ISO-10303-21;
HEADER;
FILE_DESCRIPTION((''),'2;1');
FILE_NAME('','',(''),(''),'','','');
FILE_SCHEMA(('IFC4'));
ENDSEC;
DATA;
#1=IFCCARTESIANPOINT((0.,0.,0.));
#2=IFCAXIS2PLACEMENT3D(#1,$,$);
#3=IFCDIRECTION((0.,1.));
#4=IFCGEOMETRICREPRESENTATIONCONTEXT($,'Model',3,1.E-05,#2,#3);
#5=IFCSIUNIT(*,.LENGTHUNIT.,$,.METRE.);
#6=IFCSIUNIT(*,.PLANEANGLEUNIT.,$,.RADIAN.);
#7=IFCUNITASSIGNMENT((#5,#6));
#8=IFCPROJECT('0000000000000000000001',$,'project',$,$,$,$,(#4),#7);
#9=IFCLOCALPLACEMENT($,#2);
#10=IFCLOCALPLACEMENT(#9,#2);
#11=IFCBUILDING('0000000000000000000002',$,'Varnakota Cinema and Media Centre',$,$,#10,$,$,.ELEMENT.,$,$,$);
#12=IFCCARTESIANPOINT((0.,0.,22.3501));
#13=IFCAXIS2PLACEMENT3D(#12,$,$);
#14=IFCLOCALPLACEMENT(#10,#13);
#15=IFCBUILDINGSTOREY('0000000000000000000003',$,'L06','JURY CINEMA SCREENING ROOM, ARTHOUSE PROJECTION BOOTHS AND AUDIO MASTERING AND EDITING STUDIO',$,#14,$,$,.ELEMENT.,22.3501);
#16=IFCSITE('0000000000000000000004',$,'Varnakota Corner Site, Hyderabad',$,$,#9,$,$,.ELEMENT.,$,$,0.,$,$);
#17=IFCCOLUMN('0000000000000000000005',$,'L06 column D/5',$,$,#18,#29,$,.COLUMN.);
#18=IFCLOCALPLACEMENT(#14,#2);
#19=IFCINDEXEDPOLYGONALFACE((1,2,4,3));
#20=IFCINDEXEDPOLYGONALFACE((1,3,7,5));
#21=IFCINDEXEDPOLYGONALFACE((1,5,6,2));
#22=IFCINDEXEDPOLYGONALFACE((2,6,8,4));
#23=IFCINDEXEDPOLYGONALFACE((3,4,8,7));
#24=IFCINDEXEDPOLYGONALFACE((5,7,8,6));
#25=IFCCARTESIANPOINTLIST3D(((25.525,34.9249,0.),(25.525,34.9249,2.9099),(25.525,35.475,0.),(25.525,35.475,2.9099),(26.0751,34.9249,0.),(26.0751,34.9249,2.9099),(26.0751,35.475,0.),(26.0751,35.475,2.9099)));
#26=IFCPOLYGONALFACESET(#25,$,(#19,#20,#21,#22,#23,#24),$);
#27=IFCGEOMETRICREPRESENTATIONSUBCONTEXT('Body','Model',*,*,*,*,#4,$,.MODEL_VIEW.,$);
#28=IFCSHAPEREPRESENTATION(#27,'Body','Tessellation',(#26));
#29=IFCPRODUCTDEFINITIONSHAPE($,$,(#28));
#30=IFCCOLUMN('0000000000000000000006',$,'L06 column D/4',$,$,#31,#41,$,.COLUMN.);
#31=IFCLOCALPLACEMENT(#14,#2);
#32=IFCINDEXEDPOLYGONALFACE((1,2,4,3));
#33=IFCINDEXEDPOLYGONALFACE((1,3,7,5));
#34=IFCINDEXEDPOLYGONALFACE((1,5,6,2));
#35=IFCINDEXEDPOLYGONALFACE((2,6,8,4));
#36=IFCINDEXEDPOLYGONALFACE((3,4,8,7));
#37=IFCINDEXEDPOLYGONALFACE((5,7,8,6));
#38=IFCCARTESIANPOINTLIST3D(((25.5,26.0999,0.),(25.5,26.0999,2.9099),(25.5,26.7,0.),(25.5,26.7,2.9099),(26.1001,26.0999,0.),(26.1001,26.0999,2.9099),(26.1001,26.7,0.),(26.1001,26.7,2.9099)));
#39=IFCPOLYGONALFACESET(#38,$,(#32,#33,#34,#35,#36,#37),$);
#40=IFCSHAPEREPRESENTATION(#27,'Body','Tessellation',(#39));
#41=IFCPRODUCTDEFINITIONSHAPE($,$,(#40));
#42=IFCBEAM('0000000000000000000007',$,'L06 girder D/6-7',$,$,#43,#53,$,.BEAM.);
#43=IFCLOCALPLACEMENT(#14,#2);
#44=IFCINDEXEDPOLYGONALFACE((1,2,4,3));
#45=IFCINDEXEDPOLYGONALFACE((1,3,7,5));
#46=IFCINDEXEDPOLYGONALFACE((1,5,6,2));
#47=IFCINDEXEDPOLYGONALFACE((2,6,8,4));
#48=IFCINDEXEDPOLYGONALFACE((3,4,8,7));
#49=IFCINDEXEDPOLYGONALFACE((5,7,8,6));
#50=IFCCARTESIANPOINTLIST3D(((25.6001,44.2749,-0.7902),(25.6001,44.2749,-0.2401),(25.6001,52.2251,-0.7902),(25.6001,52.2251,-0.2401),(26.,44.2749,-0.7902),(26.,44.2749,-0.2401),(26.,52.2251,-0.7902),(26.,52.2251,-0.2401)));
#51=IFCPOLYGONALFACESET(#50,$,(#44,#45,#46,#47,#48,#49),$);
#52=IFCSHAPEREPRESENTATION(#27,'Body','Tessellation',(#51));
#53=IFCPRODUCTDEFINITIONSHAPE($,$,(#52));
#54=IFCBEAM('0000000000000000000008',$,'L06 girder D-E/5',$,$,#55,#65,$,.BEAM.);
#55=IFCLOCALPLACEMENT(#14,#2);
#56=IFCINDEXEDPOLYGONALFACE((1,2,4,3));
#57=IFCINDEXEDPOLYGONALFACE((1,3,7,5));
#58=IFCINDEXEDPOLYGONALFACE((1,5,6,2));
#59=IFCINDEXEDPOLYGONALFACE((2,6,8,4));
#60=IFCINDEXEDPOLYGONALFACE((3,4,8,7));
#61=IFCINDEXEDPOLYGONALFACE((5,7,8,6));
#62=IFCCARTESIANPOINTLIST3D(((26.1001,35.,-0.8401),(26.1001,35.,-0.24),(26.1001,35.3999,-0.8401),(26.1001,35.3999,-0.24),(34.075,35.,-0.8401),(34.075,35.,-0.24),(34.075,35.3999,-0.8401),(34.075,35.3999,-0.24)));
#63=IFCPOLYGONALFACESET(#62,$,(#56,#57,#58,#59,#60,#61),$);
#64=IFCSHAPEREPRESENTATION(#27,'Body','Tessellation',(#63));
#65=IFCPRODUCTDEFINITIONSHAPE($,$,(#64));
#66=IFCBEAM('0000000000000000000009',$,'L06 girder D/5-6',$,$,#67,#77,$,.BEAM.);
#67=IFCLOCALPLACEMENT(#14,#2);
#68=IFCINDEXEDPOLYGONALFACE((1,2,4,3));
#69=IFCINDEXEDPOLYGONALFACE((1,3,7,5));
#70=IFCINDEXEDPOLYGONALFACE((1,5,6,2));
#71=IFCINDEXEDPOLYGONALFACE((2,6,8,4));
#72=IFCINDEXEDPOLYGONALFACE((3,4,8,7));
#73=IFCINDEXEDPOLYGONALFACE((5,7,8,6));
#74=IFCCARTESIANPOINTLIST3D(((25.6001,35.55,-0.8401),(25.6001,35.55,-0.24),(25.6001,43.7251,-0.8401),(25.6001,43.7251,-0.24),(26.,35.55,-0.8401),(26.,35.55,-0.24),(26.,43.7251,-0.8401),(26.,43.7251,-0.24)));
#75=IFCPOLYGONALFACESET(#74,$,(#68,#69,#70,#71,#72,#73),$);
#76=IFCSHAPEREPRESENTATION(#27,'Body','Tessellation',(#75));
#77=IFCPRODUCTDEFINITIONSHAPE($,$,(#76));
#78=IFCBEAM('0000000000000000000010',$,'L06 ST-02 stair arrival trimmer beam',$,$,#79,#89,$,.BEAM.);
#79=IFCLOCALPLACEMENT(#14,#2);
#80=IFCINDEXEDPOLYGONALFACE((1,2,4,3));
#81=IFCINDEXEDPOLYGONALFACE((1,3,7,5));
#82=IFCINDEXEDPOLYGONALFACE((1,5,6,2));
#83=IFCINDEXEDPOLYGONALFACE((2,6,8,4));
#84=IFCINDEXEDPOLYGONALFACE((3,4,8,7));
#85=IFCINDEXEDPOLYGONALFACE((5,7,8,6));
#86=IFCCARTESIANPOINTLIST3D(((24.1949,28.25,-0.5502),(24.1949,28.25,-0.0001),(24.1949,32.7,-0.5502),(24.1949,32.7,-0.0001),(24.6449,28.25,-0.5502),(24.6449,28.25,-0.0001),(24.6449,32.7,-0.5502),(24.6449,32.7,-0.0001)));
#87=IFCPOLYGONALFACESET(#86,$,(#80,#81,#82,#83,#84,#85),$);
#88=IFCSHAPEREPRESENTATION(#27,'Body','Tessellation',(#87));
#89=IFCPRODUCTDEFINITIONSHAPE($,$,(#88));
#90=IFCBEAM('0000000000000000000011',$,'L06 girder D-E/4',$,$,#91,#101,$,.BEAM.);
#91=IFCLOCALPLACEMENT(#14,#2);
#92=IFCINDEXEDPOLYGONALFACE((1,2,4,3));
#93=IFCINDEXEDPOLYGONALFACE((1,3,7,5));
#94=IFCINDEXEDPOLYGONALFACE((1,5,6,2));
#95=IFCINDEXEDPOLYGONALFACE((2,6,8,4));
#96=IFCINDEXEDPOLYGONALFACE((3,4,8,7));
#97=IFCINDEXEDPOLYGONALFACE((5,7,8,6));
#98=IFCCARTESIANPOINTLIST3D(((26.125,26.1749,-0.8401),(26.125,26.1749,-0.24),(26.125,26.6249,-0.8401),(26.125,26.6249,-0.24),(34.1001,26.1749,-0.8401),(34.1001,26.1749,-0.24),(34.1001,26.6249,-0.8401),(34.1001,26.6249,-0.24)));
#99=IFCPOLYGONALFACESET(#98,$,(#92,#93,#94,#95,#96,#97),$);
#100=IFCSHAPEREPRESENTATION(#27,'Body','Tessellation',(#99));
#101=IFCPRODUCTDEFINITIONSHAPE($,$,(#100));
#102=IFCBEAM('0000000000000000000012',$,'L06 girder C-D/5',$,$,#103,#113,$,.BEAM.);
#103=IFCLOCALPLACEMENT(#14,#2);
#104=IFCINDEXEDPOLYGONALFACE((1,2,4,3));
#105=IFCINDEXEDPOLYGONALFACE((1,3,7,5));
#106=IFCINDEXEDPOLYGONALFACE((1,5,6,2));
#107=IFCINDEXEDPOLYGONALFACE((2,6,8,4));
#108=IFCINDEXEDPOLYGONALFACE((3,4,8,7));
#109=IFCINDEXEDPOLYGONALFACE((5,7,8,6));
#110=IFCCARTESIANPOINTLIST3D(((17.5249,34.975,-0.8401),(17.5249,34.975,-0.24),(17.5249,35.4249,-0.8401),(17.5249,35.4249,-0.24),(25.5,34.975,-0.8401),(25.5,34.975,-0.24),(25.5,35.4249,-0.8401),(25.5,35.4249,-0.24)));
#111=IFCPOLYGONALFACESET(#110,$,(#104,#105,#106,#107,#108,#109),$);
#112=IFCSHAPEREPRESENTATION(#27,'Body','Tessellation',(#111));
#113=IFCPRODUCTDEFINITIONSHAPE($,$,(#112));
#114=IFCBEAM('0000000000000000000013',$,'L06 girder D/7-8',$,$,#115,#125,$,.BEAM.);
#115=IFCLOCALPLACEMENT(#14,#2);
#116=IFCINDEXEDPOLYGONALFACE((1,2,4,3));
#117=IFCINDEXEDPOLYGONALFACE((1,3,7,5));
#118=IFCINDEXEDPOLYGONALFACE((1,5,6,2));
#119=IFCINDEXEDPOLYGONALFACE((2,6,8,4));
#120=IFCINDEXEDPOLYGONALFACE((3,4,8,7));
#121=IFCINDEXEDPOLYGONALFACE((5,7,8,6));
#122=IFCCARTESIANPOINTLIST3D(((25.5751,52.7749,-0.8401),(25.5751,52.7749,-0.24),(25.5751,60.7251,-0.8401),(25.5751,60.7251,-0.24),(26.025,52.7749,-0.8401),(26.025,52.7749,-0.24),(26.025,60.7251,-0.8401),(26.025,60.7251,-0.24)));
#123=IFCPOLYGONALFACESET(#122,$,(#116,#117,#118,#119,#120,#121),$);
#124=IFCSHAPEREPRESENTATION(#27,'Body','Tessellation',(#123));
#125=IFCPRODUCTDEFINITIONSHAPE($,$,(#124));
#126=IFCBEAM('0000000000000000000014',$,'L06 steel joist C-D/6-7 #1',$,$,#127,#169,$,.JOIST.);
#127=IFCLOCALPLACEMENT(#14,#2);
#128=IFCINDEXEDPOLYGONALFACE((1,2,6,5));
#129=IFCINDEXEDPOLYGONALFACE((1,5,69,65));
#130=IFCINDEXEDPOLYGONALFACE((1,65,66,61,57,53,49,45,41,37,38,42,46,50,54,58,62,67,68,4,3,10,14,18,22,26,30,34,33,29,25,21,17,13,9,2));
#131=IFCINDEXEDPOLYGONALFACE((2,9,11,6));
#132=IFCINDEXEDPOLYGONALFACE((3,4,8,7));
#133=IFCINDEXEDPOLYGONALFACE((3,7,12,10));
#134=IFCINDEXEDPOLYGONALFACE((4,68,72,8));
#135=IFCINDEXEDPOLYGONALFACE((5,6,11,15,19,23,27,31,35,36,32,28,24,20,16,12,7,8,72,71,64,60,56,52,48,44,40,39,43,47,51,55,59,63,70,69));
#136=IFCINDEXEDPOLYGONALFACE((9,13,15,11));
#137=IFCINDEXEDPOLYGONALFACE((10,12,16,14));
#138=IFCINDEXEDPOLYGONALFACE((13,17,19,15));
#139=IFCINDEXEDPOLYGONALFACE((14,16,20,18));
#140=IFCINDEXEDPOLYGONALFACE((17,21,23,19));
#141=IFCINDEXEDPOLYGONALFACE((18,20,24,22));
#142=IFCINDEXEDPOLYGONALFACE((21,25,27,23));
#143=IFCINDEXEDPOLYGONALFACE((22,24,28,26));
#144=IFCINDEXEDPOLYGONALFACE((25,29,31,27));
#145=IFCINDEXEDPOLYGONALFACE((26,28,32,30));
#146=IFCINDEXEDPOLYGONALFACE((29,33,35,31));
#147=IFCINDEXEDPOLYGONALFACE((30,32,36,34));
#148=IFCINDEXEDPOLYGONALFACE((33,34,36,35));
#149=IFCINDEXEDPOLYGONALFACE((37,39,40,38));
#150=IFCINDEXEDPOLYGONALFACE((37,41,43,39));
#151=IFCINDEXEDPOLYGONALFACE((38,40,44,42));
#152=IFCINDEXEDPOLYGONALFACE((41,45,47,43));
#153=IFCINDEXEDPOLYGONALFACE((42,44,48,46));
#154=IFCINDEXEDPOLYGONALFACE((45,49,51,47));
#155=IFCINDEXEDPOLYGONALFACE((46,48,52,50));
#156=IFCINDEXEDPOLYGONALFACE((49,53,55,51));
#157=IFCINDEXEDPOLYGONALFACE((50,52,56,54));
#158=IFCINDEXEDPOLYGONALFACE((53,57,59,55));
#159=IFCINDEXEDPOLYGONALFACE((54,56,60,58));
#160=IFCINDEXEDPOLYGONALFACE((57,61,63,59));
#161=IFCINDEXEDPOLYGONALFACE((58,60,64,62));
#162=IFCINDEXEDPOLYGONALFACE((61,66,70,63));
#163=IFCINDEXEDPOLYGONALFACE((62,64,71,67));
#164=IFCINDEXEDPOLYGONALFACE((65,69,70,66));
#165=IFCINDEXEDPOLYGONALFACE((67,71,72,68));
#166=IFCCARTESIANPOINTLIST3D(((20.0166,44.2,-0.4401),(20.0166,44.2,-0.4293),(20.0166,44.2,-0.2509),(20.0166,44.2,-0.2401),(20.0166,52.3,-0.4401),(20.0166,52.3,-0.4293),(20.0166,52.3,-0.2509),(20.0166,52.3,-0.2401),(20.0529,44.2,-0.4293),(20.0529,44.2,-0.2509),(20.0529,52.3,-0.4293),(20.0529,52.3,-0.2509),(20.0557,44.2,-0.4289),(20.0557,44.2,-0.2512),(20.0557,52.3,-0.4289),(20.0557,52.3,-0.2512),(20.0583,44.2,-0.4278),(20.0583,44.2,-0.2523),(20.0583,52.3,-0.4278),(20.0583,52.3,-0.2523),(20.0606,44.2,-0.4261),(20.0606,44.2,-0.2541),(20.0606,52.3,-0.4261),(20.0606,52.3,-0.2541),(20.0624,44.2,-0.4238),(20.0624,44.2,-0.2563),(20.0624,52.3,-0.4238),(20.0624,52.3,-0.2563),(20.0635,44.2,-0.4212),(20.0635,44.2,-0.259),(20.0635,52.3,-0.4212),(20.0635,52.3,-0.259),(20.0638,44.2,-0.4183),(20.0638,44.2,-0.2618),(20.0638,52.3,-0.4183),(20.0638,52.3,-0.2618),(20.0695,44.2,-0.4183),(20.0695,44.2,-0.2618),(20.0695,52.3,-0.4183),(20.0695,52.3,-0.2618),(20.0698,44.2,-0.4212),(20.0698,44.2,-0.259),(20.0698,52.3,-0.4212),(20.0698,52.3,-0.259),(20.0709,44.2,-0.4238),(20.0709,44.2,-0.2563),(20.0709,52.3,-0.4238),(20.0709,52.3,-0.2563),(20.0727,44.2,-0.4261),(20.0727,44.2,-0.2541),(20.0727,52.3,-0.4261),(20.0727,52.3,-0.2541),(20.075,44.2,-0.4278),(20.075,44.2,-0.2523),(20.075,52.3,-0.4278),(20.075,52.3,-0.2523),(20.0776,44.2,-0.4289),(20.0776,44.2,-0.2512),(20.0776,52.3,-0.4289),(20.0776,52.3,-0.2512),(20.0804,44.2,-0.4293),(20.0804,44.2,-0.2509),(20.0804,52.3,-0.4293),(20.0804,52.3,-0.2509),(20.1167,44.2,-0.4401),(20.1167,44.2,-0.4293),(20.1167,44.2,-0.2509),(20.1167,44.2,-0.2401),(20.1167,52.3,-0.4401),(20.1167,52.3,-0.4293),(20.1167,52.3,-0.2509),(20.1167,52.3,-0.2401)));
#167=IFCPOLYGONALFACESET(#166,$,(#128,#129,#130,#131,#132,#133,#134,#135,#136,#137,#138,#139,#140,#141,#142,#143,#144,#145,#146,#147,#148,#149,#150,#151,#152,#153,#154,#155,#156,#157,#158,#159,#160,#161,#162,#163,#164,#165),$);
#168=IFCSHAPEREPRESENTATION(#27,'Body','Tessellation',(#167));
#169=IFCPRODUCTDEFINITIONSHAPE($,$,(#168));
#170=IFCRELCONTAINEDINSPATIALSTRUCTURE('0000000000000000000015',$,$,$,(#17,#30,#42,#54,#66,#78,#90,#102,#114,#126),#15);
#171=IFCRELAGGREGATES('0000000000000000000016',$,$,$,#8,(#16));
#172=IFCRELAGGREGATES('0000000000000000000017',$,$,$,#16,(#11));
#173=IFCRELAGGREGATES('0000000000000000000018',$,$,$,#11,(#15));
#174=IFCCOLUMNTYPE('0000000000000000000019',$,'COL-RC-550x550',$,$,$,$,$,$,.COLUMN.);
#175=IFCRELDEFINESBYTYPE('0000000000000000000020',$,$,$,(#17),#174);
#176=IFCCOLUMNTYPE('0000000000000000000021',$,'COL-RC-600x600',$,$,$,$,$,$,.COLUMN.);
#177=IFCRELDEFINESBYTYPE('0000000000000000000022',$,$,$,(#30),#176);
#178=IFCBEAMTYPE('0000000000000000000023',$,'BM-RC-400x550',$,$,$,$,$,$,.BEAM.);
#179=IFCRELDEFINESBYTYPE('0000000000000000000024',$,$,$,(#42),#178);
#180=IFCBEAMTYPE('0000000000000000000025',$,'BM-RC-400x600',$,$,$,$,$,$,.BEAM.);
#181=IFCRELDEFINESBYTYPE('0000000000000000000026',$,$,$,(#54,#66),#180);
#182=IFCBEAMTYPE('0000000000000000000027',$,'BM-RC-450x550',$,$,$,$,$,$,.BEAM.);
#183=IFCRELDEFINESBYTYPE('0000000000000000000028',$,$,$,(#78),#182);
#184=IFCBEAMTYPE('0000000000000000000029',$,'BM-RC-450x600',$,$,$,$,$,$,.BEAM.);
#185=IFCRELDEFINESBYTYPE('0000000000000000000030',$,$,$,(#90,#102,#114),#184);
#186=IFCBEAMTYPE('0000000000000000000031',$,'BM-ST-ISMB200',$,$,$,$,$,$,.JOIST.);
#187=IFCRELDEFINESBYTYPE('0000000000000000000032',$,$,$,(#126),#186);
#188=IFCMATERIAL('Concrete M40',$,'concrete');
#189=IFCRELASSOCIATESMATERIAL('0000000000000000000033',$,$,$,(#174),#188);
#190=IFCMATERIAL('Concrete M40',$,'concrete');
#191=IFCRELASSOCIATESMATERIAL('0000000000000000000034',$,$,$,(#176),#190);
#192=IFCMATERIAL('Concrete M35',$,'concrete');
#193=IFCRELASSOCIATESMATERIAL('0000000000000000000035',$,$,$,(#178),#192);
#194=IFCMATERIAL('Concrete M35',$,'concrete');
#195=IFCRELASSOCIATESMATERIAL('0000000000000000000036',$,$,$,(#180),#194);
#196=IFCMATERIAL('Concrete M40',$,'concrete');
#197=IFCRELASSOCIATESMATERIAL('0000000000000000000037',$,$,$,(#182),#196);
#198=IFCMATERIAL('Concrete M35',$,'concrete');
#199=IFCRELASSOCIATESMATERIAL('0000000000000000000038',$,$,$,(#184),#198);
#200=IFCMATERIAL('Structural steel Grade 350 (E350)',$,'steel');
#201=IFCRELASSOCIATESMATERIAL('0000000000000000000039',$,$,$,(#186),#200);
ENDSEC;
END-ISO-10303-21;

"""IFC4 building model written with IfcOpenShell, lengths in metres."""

from ifc_helpers import new_model, si_unit, direction, frame, origin, origin_2d, place, context, subcontext, project, spatial, rectangle, i_section, extrude, material, material_profile, profile_set, type_object, element, save


model = new_model("IFC4")

# Units and contexts
model_context = context("Model", 3, precision=1e-05, world=origin(), true_north=direction((0.0, 1.0)))
body_context = subcontext(model_context, "Body", "Model", "MODEL_VIEW")
ifc_project = project(units=[si_unit("LENGTHUNIT", "METRE"), si_unit("PLANEANGLEUNIT", "RADIAN")], contexts=[model_context])

# Site, building, storey
site_placement = place(None, origin())
site = spatial("IfcSite", under=ifc_project, at=site_placement, Name="Varnakota Corner Site, Hyderabad", CompositionType="ELEMENT", RefElevation=0.0)
building_placement = place(site_placement, origin())
building = spatial("IfcBuilding", under=site, at=building_placement, Name="Varnakota Cinema and Media Centre", CompositionType="ELEMENT")
storey_placement = place(building_placement, frame((0.0, 0.0, 22.3501)))
storey = spatial("IfcBuildingStorey", under=building, at=storey_placement, Name="L06", Description="JURY CINEMA SCREENING ROOM, ARTHOUSE PROJECTION BOOTHS AND AUDIO MASTERING AND EDITING STUDIO", CompositionType="ELEMENT", Elevation=22.3501)

# Columns
ifc_material_1 = material(Name="Concrete M40", Category="concrete")
ifc_material_profile_1 = material_profile(ifc_material_1, rectangle(XDim=0.55, YDim=0.55, at=origin_2d()), Name="RC 550x550")
ifc_profile_set_1 = profile_set([ifc_material_profile_1], Name="Concrete M40")
column_type_1 = type_object("IfcColumnType", Name="COL-RC-550x550", PredefinedType="COLUMN", material=ifc_profile_set_1)
column_1_placement = place(storey_placement, frame((25.8, 35.2, 0.0), z_axis=(0.0, 0.0, 1.0), x_axis=(1.0, 0.0, 0.0)))
element("IfcColumn", 1, at=column_1_placement, inside=storey, type_object=column_type_1, Name="L06 column D/5", PredefinedType="COLUMN", context=body_context, shape_type="SweptSolid", body=[
    extrude(rectangle(XDim=0.55, YDim=0.55, at=origin_2d()), origin(), (0.0, 0.0, 1.0), 2.9099),
])
ifc_material_2 = material(Name="Concrete M40", Category="concrete")
ifc_material_profile_2 = material_profile(ifc_material_2, rectangle(XDim=0.6001, YDim=0.6001, at=origin_2d()), Name="RC 600x600")
ifc_profile_set_2 = profile_set([ifc_material_profile_2], Name="Concrete M40")
column_type_2 = type_object("IfcColumnType", Name="COL-RC-600x600", PredefinedType="COLUMN", material=ifc_profile_set_2)
column_2_placement = place(storey_placement, frame((25.8, 26.3999, 0.0), z_axis=(0.0, 0.0, 1.0), x_axis=(1.0, 0.0, 0.0)))
element("IfcColumn", 2, at=column_2_placement, inside=storey, type_object=column_type_2, Name="L06 column D/4", PredefinedType="COLUMN", context=body_context, shape_type="SweptSolid", body=[
    extrude(rectangle(XDim=0.6001, YDim=0.6001, at=origin_2d()), origin(), (0.0, 0.0, 1.0), 2.9099),
])

# Beams
ifc_material_3 = material(Name="Concrete M35", Category="concrete")
ifc_material_profile_3 = material_profile(ifc_material_3, rectangle(XDim=0.3999, YDim=0.55, at=origin_2d()), Name="RCB 400x550")
ifc_profile_set_3 = profile_set([ifc_material_profile_3], Name="Concrete M35")
beam_type_1 = type_object("IfcBeamType", Name="BM-RC-400x550", PredefinedType="BEAM", material=ifc_profile_set_3)
beam_1_placement = place(storey_placement, frame((25.8, 44.2749, -0.5151), z_axis=(0.0, 1.0, 0.0), x_axis=(-1.0, 0.0, 0.0)))
element("IfcBeam", 3, at=beam_1_placement, inside=storey, type_object=beam_type_1, Name="L06 girder D/6-7", PredefinedType="BEAM", context=body_context, shape_type="SweptSolid", body=[
    extrude(rectangle(XDim=0.3999, YDim=0.55, at=origin_2d()), origin(), (0.0, 0.0, 1.0), 7.9502),
])
ifc_material_4 = material(Name="Concrete M35", Category="concrete")
ifc_material_profile_4 = material_profile(ifc_material_4, rectangle(XDim=0.3999, YDim=0.6001, at=origin_2d()), Name="RCB 400x600")
ifc_profile_set_4 = profile_set([ifc_material_profile_4], Name="Concrete M35")
beam_type_2 = type_object("IfcBeamType", Name="BM-RC-400x600", PredefinedType="BEAM", material=ifc_profile_set_4)
beam_2_placement = place(storey_placement, frame((26.1001, 35.2, -0.54), z_axis=(1.0, 0.0, 0.0), x_axis=(0.0, 1.0, 0.0)))
element("IfcBeam", 4, at=beam_2_placement, inside=storey, type_object=beam_type_2, Name="L06 girder D-E/5", PredefinedType="BEAM", context=body_context, shape_type="SweptSolid", body=[
    extrude(rectangle(XDim=0.3999, YDim=0.6001, at=origin_2d()), origin(), (0.0, 0.0, 1.0), 7.9749),
])
beam_3_placement = place(storey_placement, frame((25.8, 35.55, -0.54), z_axis=(0.0, 1.0, 0.0), x_axis=(-1.0, 0.0, 0.0)))
element("IfcBeam", 5, at=beam_3_placement, inside=storey, type_object=beam_type_2, Name="L06 girder D/5-6", PredefinedType="BEAM", context=body_context, shape_type="SweptSolid", body=[
    extrude(rectangle(XDim=0.3999, YDim=0.6001, at=origin_2d()), origin(), (0.0, 0.0, 1.0), 8.175),
])
ifc_material_5 = material(Name="Concrete M40", Category="concrete")
ifc_material_profile_5 = material_profile(ifc_material_5, rectangle(XDim=0.45, YDim=0.55, at=origin_2d()), Name="RCB 450x550")
ifc_profile_set_5 = profile_set([ifc_material_profile_5], Name="Concrete M40")
beam_type_3 = type_object("IfcBeamType", Name="BM-RC-450x550", PredefinedType="BEAM", material=ifc_profile_set_5)
beam_4_placement = place(storey_placement, frame((24.4199, 28.25, -0.2751), z_axis=(0.0, 1.0, 0.0), x_axis=(-1.0, 0.0, 0.0)))
element("IfcBeam", 6, at=beam_4_placement, inside=storey, type_object=beam_type_3, Name="L06 ST-02 stair arrival trimmer beam", PredefinedType="BEAM", context=body_context, shape_type="SweptSolid", body=[
    extrude(rectangle(XDim=0.45, YDim=0.55, at=origin_2d()), origin(), (0.0, 0.0, 1.0), 4.45),
])
ifc_material_6 = material(Name="Concrete M35", Category="concrete")
ifc_material_profile_6 = material_profile(ifc_material_6, rectangle(XDim=0.45, YDim=0.6001, at=origin_2d()), Name="RCB 450x600")
ifc_profile_set_6 = profile_set([ifc_material_profile_6], Name="Concrete M35")
beam_type_4 = type_object("IfcBeamType", Name="BM-RC-450x600", PredefinedType="BEAM", material=ifc_profile_set_6)
for number, where, z_axis, x_axis, name in (
    (7, (26.125, 26.3999, -0.54), (1.0, 0.0, 0.0), (0.0, 1.0, 0.0), "L06 girder D-E/4"),
    (8, (17.5249, 35.2, -0.54), (1.0, 0.0, 0.0), (0.0, 1.0, 0.0), "L06 girder C-D/5"),
):
    element("IfcBeam", number, at=place(storey_placement, frame(where, z_axis=z_axis, x_axis=x_axis)), inside=storey, type_object=beam_type_4, Name=name, PredefinedType="BEAM", context=body_context, shape_type="SweptSolid", body=[
        extrude(rectangle(XDim=0.45, YDim=0.6001, at=origin_2d()), origin(), (0.0, 0.0, 1.0), 7.9751),
    ])
beam_5_placement = place(storey_placement, frame((25.8, 52.7749, -0.54), z_axis=(0.0, 1.0, 0.0), x_axis=(-1.0, 0.0, 0.0)))
element("IfcBeam", 9, at=beam_5_placement, inside=storey, type_object=beam_type_4, Name="L06 girder D/7-8", PredefinedType="BEAM", context=body_context, shape_type="SweptSolid", body=[
    extrude(rectangle(XDim=0.45, YDim=0.6001, at=origin_2d()), origin(), (0.0, 0.0, 1.0), 7.9502),
])
ifc_material_7 = material(Name="Structural steel Grade 350 (E350)", Category="steel")
ifc_material_profile_7 = material_profile(ifc_material_7, i_section(OverallWidth=0.1001, OverallDepth=0.2, WebThickness=0.0056, FlangeThickness=0.0107, FilletRadius=0.011, at=origin_2d()), Name="ISMB 200")
ifc_profile_set_7 = profile_set([ifc_material_profile_7], Name="Structural steel Grade 350 (E350)")
beam_type_5 = type_object("IfcBeamType", Name="BM-ST-ISMB200", PredefinedType="JOIST", material=ifc_profile_set_7)
for number, where, z_axis, x_axis, name in (
    (10, (20.0667, 44.2, -0.3401), (0.0, 1.0, 0.0), (-1.0, 0.0, 0.0), "L06 steel joist C-D/6-7 #1"),
):
    element("IfcBeam", number, at=place(storey_placement, frame(where, z_axis=z_axis, x_axis=x_axis)), inside=storey, type_object=beam_type_5, Name=name, PredefinedType="JOIST", context=body_context, shape_type="SweptSolid", body=[
        extrude(i_section(OverallWidth=0.1001, OverallDepth=0.2, WebThickness=0.0056, FlangeThickness=0.0107, FilletRadius=0.011, at=origin_2d()), origin(), (0.0, 0.0, 1.0), 8.1001),
    ])

save(model, "model.ifc")
